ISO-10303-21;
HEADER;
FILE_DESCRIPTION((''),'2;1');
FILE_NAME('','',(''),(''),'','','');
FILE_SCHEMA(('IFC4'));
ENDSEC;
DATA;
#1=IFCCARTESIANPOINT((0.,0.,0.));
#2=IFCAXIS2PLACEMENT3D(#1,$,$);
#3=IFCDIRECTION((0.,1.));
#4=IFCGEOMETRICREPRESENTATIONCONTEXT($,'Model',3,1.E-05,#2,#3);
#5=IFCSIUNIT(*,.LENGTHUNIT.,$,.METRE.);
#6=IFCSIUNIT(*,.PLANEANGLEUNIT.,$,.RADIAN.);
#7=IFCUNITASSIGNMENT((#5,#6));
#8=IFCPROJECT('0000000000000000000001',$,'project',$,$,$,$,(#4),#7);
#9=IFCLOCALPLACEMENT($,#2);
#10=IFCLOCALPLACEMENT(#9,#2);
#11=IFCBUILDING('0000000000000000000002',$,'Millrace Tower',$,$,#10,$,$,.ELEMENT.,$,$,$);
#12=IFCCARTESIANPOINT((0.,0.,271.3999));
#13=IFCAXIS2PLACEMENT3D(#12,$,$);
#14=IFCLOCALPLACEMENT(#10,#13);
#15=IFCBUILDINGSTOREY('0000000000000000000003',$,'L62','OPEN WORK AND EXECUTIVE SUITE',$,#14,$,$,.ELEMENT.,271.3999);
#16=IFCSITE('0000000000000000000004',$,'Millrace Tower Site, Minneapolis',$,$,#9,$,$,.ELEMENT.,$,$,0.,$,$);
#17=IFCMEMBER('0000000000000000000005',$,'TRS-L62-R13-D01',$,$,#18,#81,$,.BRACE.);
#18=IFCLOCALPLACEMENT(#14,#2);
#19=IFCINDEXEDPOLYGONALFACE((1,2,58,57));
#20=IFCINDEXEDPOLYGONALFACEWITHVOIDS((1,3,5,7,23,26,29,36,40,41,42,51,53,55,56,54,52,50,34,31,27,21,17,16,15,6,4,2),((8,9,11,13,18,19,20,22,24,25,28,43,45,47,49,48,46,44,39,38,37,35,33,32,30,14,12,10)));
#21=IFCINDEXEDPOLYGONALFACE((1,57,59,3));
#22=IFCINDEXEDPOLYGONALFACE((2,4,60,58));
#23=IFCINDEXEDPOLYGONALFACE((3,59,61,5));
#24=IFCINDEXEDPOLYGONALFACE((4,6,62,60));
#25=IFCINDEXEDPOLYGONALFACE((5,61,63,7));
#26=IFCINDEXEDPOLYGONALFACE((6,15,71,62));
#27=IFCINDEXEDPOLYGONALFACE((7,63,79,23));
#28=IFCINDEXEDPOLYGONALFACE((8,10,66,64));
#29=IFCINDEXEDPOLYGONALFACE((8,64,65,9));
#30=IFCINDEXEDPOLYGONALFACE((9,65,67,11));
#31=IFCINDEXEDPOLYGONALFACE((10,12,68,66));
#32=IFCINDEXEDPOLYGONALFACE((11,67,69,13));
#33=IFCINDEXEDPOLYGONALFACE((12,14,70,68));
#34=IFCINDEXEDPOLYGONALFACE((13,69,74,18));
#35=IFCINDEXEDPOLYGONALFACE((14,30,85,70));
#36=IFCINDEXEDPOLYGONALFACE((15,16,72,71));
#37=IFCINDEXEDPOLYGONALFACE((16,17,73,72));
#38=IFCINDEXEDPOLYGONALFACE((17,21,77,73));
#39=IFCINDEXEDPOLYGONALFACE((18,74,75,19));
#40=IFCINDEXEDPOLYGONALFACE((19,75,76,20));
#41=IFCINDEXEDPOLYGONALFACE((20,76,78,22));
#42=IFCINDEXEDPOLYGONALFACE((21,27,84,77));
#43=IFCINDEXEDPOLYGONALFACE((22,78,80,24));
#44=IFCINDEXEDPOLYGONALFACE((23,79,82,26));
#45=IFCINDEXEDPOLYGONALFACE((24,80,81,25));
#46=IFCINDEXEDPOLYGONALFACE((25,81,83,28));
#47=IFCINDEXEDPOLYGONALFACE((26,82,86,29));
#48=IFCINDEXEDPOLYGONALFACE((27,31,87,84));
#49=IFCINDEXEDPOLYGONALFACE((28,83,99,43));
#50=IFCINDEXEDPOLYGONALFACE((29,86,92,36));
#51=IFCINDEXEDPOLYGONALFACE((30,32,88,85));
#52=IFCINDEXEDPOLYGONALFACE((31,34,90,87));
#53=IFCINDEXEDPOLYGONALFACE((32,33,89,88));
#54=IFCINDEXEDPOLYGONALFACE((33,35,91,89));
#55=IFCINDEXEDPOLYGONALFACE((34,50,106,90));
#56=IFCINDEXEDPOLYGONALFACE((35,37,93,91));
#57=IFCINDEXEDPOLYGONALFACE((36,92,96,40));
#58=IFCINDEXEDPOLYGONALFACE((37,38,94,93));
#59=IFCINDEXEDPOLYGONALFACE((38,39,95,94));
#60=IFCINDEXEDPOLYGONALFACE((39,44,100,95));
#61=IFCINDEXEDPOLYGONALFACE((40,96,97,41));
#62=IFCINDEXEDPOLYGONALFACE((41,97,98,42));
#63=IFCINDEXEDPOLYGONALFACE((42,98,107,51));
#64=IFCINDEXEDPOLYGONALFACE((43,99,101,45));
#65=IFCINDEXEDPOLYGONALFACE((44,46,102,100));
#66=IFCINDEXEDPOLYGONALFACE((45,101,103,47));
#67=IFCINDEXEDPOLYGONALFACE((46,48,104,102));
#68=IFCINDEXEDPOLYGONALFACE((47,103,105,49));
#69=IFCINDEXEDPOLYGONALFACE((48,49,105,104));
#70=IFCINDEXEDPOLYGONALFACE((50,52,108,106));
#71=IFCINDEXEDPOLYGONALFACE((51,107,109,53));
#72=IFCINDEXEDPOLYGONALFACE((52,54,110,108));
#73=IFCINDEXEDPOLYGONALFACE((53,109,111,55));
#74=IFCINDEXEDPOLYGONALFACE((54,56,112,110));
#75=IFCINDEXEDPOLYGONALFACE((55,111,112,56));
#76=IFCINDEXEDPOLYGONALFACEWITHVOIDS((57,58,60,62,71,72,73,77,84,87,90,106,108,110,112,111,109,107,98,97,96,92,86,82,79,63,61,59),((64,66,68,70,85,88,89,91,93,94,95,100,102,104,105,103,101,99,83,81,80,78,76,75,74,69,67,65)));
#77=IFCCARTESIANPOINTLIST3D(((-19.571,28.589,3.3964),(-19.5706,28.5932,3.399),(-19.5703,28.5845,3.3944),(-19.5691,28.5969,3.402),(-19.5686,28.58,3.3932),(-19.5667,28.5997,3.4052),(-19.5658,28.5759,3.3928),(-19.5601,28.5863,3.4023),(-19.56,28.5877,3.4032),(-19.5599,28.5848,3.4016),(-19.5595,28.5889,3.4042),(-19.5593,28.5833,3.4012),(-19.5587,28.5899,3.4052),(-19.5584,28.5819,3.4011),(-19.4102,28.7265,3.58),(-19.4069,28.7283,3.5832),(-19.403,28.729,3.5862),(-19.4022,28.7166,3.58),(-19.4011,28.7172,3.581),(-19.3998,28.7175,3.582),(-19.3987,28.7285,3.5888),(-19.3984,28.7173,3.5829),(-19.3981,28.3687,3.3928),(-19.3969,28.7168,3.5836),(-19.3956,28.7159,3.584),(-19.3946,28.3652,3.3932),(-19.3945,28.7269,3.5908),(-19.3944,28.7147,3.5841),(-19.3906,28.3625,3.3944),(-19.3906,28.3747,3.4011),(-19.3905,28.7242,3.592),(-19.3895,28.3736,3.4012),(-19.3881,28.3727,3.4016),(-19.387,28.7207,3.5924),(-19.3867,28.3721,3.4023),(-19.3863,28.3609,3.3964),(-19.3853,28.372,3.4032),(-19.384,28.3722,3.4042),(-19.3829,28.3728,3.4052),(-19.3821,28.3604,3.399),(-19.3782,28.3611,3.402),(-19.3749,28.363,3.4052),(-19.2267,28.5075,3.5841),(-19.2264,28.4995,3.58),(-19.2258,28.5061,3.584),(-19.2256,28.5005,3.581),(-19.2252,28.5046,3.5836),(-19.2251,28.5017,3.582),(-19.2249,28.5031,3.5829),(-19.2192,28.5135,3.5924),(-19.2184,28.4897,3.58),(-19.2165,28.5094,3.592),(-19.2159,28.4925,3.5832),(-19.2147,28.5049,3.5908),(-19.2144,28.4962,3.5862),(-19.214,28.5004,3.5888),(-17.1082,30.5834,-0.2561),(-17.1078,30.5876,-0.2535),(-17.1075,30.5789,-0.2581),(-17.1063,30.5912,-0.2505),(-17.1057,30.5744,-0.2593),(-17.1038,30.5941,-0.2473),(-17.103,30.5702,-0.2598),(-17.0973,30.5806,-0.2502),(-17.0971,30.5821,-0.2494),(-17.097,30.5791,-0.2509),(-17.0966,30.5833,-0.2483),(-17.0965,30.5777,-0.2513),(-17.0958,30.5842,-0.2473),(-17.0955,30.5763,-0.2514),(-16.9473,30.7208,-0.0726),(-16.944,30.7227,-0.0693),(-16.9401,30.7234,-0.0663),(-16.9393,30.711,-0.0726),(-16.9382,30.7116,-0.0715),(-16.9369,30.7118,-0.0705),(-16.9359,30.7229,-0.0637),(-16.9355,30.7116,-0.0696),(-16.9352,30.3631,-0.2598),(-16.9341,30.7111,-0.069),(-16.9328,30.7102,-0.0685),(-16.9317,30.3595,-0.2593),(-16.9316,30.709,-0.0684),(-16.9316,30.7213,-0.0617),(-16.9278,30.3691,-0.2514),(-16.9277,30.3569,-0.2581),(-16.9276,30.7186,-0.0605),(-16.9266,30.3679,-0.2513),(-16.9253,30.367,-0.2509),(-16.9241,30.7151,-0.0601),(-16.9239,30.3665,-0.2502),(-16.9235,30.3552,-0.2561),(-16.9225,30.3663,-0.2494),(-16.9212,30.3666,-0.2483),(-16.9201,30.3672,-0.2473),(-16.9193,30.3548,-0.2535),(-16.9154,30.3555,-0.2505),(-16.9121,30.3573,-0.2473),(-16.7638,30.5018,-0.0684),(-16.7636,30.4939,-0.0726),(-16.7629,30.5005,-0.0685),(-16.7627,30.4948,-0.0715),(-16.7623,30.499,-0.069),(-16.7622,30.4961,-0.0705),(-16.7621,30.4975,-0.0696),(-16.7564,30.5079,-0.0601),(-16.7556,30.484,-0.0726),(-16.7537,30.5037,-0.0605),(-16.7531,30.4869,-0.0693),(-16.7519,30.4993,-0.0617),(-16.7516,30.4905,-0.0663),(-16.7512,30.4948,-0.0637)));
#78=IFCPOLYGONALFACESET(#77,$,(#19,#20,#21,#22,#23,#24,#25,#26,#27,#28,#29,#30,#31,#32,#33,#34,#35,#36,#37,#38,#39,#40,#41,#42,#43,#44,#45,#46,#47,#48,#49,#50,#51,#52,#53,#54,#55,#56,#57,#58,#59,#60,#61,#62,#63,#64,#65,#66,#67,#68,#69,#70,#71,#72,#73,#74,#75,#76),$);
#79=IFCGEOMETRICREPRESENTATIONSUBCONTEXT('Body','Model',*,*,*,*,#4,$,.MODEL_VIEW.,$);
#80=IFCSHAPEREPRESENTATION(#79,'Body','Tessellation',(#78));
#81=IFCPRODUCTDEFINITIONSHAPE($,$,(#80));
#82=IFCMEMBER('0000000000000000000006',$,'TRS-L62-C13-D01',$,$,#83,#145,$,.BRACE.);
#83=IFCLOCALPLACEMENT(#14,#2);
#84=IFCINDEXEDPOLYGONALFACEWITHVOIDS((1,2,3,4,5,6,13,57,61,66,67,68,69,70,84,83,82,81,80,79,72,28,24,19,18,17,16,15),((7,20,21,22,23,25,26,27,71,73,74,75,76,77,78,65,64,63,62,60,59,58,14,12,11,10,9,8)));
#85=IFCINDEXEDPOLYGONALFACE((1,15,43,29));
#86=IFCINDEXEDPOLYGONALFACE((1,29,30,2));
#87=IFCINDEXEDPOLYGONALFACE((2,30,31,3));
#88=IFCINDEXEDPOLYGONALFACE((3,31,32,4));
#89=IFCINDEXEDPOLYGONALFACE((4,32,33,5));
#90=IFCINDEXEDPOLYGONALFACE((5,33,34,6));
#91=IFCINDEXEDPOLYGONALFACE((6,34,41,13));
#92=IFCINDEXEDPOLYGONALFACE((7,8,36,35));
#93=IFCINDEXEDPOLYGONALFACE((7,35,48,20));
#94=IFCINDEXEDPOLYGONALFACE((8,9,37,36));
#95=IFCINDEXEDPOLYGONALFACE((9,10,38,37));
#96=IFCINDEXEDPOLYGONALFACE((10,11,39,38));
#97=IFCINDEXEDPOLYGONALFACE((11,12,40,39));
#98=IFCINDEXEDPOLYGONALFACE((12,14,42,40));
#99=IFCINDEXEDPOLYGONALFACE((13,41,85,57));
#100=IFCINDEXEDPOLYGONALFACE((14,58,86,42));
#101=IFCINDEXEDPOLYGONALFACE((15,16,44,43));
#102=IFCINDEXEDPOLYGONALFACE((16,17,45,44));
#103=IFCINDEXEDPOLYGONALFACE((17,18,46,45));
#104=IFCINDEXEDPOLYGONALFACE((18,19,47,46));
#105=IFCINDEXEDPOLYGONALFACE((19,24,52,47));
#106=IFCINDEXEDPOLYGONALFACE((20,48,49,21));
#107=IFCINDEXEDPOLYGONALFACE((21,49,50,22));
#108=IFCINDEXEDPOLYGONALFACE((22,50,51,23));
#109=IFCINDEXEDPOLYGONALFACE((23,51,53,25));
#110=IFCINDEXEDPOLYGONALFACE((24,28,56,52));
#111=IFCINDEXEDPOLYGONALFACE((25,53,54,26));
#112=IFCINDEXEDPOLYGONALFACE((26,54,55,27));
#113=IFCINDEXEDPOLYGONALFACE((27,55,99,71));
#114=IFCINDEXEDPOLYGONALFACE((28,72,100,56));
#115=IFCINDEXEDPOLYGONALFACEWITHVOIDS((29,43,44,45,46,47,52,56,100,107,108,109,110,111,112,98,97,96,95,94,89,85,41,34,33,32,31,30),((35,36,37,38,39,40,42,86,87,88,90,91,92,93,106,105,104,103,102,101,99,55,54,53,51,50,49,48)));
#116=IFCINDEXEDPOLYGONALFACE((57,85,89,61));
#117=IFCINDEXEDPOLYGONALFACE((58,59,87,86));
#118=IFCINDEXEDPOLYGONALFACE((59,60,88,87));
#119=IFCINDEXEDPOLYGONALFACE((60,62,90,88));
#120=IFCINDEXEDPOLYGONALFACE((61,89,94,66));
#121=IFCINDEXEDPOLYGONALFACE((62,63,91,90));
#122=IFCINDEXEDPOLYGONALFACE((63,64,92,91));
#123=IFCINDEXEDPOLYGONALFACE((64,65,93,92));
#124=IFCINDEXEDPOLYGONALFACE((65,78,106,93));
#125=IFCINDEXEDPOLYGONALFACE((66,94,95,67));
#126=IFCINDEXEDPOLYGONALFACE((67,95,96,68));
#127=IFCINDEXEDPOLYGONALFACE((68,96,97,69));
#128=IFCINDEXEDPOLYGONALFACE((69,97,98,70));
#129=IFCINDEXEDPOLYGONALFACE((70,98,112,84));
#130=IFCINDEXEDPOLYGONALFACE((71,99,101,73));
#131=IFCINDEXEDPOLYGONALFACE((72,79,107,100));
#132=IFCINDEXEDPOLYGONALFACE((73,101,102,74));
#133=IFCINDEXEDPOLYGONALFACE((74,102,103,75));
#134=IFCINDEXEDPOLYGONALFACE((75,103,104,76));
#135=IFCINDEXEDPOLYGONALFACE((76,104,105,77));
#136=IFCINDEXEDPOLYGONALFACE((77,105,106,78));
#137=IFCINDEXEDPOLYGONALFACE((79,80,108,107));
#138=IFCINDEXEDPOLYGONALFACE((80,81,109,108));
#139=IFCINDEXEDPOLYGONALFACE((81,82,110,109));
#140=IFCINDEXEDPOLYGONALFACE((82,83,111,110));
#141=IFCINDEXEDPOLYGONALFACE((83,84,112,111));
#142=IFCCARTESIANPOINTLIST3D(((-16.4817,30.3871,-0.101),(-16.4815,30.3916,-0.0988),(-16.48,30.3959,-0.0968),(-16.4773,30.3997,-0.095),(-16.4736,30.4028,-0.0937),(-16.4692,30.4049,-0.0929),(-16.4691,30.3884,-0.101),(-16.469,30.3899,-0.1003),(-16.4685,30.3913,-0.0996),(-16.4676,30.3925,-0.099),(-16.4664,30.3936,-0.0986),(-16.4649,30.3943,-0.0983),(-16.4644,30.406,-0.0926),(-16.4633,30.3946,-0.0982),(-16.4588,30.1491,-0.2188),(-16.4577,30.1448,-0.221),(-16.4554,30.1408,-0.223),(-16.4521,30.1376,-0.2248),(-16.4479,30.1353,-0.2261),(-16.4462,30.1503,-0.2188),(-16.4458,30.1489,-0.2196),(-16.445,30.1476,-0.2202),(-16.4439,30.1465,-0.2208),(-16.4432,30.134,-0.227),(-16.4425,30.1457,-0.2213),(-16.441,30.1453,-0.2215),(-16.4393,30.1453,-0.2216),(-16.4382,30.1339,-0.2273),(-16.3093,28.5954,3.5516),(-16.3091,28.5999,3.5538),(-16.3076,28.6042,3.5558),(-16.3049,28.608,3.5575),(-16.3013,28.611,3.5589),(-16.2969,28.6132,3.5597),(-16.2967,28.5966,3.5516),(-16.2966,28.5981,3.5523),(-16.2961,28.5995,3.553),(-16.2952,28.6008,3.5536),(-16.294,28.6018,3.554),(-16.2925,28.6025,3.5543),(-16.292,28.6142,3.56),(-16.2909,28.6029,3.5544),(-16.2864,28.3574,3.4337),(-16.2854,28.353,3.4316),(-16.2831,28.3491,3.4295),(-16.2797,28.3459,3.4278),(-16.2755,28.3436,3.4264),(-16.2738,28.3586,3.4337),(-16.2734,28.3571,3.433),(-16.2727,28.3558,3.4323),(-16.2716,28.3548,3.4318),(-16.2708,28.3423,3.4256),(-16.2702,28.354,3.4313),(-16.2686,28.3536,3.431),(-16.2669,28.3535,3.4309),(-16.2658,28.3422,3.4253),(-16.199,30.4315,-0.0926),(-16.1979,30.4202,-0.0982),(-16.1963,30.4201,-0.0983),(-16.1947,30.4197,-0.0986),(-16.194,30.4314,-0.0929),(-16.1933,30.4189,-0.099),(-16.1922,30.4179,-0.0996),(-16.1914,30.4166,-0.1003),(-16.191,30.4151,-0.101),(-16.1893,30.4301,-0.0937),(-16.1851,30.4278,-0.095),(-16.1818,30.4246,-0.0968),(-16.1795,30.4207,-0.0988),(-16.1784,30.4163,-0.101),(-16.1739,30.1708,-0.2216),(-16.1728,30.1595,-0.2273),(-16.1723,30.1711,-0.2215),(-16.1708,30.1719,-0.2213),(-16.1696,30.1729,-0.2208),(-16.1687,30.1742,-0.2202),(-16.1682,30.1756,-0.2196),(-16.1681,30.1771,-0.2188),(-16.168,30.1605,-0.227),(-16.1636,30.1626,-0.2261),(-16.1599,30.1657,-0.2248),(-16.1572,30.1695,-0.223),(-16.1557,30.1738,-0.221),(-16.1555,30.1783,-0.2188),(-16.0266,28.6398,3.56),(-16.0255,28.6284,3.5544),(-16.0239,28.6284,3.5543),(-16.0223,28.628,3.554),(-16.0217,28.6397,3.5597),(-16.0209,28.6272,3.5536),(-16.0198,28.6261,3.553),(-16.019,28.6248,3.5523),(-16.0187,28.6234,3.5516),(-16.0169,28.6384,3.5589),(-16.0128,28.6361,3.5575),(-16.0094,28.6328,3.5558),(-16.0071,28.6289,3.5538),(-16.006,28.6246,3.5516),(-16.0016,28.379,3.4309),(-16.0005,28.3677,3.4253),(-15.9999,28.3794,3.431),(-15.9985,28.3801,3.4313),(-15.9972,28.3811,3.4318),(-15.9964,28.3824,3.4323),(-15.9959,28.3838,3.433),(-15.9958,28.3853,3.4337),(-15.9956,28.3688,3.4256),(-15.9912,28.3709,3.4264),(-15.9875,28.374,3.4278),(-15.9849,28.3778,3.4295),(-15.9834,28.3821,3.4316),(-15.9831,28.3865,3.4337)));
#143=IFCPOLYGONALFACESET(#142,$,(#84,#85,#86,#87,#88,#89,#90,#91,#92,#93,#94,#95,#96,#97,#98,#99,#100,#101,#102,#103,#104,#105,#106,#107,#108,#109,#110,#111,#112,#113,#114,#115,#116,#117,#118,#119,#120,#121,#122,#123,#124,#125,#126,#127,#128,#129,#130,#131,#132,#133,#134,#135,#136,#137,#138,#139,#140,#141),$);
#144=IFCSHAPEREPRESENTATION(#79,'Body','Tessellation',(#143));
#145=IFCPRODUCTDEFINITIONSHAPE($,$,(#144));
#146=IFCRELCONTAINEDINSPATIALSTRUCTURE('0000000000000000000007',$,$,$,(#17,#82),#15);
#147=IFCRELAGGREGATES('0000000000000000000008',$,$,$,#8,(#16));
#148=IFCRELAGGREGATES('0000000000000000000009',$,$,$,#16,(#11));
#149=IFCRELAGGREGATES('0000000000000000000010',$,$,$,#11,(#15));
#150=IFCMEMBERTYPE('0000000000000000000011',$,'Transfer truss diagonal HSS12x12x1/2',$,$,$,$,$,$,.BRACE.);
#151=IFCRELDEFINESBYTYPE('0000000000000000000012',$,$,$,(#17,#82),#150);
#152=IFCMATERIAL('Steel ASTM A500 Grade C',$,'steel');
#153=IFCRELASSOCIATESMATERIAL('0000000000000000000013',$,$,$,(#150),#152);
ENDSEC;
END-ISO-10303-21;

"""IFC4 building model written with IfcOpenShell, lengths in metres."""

from ifc_helpers import new_model, si_unit, direction, frame, origin, origin_2d, place, context, subcontext, project, spatial, hollow_rectangle, extrude, material, material_profile, profile_set, type_object, element, save


model = new_model("IFC4")

# Units and contexts
model_context = context("Model", 3, precision=1e-05, world=origin(), true_north=direction((0.0, 1.0)))
body_context = subcontext(model_context, "Body", "Model", "MODEL_VIEW")
ifc_project = project(units=[si_unit("LENGTHUNIT", "METRE"), si_unit("PLANEANGLEUNIT", "RADIAN")], contexts=[model_context])

# Site, building, storey
site_placement = place(None, origin())
site = spatial("IfcSite", under=ifc_project, at=site_placement, Name="Millrace Tower Site, Minneapolis", CompositionType="ELEMENT", RefElevation=0.0)
building_placement = place(site_placement, origin())
building = spatial("IfcBuilding", under=site, at=building_placement, Name="Millrace Tower", CompositionType="ELEMENT")
storey_placement = place(building_placement, frame((0.0, 0.0, 271.3999)))
storey = spatial("IfcBuildingStorey", under=building, at=storey_placement, Name="L62", Description="OPEN WORK AND EXECUTIVE SUITE", CompositionType="ELEMENT", Elevation=271.3999)

# Members
ifc_material_1 = material(Name="Steel ASTM A500 Grade C", Category="steel")
ifc_material_profile_1 = material_profile(ifc_material_1, hollow_rectangle(XDim=0.3047, YDim=0.3047, WallThickness=0.0127, InnerFilletRadius=0.0063, OuterFilletRadius=0.019, at=origin_2d()))
ifc_profile_set_1 = profile_set([ifc_material_profile_1], Name="Steel ASTM A500 Grade C")
member_type_1 = type_object("IfcMemberType", Name="Transfer truss diagonal HSS12x12x1/2", PredefinedType="BRACE", material=ifc_profile_set_1)
member_1_placement = place(storey_placement, frame((-16.9297, 30.5391, -0.1599), z_axis=(-0.509305, -0.412422, 0.755325), x_axis=(0.629316, -0.77715, 0.0)))
element("IfcMember", 1, at=member_1_placement, inside=storey, type_object=member_type_1, Name="TRS-L62-R13-D01", PredefinedType="BRACE", context=body_context, shape_type="SweptSolid", body=[
    extrude(hollow_rectangle(XDim=0.3047, YDim=0.3047, WallThickness=0.0127, InnerFilletRadius=0.0063, OuterFilletRadius=0.019, at=origin_2d()), origin(), (0.0, 0.0, 1.0), 4.8357),
])
member_2_placement = place(storey_placement, frame((-16.3186, 30.2827, -0.1599), z_axis=(0.042329, -0.440013, 0.896993), x_axis=(0.995405, 0.095756, 0.0)))
element("IfcMember", 2, at=member_2_placement, inside=storey, type_object=member_type_1, Name="TRS-L62-C13-D01", PredefinedType="BRACE", context=body_context, shape_type="SweptSolid", body=[
    extrude(hollow_rectangle(XDim=0.3047, YDim=0.3047, WallThickness=0.0127, InnerFilletRadius=0.0063, OuterFilletRadius=0.019, at=origin_2d()), origin(), (0.0, 0.0, 1.0), 4.072),
])

save(model, "model.ifc")
